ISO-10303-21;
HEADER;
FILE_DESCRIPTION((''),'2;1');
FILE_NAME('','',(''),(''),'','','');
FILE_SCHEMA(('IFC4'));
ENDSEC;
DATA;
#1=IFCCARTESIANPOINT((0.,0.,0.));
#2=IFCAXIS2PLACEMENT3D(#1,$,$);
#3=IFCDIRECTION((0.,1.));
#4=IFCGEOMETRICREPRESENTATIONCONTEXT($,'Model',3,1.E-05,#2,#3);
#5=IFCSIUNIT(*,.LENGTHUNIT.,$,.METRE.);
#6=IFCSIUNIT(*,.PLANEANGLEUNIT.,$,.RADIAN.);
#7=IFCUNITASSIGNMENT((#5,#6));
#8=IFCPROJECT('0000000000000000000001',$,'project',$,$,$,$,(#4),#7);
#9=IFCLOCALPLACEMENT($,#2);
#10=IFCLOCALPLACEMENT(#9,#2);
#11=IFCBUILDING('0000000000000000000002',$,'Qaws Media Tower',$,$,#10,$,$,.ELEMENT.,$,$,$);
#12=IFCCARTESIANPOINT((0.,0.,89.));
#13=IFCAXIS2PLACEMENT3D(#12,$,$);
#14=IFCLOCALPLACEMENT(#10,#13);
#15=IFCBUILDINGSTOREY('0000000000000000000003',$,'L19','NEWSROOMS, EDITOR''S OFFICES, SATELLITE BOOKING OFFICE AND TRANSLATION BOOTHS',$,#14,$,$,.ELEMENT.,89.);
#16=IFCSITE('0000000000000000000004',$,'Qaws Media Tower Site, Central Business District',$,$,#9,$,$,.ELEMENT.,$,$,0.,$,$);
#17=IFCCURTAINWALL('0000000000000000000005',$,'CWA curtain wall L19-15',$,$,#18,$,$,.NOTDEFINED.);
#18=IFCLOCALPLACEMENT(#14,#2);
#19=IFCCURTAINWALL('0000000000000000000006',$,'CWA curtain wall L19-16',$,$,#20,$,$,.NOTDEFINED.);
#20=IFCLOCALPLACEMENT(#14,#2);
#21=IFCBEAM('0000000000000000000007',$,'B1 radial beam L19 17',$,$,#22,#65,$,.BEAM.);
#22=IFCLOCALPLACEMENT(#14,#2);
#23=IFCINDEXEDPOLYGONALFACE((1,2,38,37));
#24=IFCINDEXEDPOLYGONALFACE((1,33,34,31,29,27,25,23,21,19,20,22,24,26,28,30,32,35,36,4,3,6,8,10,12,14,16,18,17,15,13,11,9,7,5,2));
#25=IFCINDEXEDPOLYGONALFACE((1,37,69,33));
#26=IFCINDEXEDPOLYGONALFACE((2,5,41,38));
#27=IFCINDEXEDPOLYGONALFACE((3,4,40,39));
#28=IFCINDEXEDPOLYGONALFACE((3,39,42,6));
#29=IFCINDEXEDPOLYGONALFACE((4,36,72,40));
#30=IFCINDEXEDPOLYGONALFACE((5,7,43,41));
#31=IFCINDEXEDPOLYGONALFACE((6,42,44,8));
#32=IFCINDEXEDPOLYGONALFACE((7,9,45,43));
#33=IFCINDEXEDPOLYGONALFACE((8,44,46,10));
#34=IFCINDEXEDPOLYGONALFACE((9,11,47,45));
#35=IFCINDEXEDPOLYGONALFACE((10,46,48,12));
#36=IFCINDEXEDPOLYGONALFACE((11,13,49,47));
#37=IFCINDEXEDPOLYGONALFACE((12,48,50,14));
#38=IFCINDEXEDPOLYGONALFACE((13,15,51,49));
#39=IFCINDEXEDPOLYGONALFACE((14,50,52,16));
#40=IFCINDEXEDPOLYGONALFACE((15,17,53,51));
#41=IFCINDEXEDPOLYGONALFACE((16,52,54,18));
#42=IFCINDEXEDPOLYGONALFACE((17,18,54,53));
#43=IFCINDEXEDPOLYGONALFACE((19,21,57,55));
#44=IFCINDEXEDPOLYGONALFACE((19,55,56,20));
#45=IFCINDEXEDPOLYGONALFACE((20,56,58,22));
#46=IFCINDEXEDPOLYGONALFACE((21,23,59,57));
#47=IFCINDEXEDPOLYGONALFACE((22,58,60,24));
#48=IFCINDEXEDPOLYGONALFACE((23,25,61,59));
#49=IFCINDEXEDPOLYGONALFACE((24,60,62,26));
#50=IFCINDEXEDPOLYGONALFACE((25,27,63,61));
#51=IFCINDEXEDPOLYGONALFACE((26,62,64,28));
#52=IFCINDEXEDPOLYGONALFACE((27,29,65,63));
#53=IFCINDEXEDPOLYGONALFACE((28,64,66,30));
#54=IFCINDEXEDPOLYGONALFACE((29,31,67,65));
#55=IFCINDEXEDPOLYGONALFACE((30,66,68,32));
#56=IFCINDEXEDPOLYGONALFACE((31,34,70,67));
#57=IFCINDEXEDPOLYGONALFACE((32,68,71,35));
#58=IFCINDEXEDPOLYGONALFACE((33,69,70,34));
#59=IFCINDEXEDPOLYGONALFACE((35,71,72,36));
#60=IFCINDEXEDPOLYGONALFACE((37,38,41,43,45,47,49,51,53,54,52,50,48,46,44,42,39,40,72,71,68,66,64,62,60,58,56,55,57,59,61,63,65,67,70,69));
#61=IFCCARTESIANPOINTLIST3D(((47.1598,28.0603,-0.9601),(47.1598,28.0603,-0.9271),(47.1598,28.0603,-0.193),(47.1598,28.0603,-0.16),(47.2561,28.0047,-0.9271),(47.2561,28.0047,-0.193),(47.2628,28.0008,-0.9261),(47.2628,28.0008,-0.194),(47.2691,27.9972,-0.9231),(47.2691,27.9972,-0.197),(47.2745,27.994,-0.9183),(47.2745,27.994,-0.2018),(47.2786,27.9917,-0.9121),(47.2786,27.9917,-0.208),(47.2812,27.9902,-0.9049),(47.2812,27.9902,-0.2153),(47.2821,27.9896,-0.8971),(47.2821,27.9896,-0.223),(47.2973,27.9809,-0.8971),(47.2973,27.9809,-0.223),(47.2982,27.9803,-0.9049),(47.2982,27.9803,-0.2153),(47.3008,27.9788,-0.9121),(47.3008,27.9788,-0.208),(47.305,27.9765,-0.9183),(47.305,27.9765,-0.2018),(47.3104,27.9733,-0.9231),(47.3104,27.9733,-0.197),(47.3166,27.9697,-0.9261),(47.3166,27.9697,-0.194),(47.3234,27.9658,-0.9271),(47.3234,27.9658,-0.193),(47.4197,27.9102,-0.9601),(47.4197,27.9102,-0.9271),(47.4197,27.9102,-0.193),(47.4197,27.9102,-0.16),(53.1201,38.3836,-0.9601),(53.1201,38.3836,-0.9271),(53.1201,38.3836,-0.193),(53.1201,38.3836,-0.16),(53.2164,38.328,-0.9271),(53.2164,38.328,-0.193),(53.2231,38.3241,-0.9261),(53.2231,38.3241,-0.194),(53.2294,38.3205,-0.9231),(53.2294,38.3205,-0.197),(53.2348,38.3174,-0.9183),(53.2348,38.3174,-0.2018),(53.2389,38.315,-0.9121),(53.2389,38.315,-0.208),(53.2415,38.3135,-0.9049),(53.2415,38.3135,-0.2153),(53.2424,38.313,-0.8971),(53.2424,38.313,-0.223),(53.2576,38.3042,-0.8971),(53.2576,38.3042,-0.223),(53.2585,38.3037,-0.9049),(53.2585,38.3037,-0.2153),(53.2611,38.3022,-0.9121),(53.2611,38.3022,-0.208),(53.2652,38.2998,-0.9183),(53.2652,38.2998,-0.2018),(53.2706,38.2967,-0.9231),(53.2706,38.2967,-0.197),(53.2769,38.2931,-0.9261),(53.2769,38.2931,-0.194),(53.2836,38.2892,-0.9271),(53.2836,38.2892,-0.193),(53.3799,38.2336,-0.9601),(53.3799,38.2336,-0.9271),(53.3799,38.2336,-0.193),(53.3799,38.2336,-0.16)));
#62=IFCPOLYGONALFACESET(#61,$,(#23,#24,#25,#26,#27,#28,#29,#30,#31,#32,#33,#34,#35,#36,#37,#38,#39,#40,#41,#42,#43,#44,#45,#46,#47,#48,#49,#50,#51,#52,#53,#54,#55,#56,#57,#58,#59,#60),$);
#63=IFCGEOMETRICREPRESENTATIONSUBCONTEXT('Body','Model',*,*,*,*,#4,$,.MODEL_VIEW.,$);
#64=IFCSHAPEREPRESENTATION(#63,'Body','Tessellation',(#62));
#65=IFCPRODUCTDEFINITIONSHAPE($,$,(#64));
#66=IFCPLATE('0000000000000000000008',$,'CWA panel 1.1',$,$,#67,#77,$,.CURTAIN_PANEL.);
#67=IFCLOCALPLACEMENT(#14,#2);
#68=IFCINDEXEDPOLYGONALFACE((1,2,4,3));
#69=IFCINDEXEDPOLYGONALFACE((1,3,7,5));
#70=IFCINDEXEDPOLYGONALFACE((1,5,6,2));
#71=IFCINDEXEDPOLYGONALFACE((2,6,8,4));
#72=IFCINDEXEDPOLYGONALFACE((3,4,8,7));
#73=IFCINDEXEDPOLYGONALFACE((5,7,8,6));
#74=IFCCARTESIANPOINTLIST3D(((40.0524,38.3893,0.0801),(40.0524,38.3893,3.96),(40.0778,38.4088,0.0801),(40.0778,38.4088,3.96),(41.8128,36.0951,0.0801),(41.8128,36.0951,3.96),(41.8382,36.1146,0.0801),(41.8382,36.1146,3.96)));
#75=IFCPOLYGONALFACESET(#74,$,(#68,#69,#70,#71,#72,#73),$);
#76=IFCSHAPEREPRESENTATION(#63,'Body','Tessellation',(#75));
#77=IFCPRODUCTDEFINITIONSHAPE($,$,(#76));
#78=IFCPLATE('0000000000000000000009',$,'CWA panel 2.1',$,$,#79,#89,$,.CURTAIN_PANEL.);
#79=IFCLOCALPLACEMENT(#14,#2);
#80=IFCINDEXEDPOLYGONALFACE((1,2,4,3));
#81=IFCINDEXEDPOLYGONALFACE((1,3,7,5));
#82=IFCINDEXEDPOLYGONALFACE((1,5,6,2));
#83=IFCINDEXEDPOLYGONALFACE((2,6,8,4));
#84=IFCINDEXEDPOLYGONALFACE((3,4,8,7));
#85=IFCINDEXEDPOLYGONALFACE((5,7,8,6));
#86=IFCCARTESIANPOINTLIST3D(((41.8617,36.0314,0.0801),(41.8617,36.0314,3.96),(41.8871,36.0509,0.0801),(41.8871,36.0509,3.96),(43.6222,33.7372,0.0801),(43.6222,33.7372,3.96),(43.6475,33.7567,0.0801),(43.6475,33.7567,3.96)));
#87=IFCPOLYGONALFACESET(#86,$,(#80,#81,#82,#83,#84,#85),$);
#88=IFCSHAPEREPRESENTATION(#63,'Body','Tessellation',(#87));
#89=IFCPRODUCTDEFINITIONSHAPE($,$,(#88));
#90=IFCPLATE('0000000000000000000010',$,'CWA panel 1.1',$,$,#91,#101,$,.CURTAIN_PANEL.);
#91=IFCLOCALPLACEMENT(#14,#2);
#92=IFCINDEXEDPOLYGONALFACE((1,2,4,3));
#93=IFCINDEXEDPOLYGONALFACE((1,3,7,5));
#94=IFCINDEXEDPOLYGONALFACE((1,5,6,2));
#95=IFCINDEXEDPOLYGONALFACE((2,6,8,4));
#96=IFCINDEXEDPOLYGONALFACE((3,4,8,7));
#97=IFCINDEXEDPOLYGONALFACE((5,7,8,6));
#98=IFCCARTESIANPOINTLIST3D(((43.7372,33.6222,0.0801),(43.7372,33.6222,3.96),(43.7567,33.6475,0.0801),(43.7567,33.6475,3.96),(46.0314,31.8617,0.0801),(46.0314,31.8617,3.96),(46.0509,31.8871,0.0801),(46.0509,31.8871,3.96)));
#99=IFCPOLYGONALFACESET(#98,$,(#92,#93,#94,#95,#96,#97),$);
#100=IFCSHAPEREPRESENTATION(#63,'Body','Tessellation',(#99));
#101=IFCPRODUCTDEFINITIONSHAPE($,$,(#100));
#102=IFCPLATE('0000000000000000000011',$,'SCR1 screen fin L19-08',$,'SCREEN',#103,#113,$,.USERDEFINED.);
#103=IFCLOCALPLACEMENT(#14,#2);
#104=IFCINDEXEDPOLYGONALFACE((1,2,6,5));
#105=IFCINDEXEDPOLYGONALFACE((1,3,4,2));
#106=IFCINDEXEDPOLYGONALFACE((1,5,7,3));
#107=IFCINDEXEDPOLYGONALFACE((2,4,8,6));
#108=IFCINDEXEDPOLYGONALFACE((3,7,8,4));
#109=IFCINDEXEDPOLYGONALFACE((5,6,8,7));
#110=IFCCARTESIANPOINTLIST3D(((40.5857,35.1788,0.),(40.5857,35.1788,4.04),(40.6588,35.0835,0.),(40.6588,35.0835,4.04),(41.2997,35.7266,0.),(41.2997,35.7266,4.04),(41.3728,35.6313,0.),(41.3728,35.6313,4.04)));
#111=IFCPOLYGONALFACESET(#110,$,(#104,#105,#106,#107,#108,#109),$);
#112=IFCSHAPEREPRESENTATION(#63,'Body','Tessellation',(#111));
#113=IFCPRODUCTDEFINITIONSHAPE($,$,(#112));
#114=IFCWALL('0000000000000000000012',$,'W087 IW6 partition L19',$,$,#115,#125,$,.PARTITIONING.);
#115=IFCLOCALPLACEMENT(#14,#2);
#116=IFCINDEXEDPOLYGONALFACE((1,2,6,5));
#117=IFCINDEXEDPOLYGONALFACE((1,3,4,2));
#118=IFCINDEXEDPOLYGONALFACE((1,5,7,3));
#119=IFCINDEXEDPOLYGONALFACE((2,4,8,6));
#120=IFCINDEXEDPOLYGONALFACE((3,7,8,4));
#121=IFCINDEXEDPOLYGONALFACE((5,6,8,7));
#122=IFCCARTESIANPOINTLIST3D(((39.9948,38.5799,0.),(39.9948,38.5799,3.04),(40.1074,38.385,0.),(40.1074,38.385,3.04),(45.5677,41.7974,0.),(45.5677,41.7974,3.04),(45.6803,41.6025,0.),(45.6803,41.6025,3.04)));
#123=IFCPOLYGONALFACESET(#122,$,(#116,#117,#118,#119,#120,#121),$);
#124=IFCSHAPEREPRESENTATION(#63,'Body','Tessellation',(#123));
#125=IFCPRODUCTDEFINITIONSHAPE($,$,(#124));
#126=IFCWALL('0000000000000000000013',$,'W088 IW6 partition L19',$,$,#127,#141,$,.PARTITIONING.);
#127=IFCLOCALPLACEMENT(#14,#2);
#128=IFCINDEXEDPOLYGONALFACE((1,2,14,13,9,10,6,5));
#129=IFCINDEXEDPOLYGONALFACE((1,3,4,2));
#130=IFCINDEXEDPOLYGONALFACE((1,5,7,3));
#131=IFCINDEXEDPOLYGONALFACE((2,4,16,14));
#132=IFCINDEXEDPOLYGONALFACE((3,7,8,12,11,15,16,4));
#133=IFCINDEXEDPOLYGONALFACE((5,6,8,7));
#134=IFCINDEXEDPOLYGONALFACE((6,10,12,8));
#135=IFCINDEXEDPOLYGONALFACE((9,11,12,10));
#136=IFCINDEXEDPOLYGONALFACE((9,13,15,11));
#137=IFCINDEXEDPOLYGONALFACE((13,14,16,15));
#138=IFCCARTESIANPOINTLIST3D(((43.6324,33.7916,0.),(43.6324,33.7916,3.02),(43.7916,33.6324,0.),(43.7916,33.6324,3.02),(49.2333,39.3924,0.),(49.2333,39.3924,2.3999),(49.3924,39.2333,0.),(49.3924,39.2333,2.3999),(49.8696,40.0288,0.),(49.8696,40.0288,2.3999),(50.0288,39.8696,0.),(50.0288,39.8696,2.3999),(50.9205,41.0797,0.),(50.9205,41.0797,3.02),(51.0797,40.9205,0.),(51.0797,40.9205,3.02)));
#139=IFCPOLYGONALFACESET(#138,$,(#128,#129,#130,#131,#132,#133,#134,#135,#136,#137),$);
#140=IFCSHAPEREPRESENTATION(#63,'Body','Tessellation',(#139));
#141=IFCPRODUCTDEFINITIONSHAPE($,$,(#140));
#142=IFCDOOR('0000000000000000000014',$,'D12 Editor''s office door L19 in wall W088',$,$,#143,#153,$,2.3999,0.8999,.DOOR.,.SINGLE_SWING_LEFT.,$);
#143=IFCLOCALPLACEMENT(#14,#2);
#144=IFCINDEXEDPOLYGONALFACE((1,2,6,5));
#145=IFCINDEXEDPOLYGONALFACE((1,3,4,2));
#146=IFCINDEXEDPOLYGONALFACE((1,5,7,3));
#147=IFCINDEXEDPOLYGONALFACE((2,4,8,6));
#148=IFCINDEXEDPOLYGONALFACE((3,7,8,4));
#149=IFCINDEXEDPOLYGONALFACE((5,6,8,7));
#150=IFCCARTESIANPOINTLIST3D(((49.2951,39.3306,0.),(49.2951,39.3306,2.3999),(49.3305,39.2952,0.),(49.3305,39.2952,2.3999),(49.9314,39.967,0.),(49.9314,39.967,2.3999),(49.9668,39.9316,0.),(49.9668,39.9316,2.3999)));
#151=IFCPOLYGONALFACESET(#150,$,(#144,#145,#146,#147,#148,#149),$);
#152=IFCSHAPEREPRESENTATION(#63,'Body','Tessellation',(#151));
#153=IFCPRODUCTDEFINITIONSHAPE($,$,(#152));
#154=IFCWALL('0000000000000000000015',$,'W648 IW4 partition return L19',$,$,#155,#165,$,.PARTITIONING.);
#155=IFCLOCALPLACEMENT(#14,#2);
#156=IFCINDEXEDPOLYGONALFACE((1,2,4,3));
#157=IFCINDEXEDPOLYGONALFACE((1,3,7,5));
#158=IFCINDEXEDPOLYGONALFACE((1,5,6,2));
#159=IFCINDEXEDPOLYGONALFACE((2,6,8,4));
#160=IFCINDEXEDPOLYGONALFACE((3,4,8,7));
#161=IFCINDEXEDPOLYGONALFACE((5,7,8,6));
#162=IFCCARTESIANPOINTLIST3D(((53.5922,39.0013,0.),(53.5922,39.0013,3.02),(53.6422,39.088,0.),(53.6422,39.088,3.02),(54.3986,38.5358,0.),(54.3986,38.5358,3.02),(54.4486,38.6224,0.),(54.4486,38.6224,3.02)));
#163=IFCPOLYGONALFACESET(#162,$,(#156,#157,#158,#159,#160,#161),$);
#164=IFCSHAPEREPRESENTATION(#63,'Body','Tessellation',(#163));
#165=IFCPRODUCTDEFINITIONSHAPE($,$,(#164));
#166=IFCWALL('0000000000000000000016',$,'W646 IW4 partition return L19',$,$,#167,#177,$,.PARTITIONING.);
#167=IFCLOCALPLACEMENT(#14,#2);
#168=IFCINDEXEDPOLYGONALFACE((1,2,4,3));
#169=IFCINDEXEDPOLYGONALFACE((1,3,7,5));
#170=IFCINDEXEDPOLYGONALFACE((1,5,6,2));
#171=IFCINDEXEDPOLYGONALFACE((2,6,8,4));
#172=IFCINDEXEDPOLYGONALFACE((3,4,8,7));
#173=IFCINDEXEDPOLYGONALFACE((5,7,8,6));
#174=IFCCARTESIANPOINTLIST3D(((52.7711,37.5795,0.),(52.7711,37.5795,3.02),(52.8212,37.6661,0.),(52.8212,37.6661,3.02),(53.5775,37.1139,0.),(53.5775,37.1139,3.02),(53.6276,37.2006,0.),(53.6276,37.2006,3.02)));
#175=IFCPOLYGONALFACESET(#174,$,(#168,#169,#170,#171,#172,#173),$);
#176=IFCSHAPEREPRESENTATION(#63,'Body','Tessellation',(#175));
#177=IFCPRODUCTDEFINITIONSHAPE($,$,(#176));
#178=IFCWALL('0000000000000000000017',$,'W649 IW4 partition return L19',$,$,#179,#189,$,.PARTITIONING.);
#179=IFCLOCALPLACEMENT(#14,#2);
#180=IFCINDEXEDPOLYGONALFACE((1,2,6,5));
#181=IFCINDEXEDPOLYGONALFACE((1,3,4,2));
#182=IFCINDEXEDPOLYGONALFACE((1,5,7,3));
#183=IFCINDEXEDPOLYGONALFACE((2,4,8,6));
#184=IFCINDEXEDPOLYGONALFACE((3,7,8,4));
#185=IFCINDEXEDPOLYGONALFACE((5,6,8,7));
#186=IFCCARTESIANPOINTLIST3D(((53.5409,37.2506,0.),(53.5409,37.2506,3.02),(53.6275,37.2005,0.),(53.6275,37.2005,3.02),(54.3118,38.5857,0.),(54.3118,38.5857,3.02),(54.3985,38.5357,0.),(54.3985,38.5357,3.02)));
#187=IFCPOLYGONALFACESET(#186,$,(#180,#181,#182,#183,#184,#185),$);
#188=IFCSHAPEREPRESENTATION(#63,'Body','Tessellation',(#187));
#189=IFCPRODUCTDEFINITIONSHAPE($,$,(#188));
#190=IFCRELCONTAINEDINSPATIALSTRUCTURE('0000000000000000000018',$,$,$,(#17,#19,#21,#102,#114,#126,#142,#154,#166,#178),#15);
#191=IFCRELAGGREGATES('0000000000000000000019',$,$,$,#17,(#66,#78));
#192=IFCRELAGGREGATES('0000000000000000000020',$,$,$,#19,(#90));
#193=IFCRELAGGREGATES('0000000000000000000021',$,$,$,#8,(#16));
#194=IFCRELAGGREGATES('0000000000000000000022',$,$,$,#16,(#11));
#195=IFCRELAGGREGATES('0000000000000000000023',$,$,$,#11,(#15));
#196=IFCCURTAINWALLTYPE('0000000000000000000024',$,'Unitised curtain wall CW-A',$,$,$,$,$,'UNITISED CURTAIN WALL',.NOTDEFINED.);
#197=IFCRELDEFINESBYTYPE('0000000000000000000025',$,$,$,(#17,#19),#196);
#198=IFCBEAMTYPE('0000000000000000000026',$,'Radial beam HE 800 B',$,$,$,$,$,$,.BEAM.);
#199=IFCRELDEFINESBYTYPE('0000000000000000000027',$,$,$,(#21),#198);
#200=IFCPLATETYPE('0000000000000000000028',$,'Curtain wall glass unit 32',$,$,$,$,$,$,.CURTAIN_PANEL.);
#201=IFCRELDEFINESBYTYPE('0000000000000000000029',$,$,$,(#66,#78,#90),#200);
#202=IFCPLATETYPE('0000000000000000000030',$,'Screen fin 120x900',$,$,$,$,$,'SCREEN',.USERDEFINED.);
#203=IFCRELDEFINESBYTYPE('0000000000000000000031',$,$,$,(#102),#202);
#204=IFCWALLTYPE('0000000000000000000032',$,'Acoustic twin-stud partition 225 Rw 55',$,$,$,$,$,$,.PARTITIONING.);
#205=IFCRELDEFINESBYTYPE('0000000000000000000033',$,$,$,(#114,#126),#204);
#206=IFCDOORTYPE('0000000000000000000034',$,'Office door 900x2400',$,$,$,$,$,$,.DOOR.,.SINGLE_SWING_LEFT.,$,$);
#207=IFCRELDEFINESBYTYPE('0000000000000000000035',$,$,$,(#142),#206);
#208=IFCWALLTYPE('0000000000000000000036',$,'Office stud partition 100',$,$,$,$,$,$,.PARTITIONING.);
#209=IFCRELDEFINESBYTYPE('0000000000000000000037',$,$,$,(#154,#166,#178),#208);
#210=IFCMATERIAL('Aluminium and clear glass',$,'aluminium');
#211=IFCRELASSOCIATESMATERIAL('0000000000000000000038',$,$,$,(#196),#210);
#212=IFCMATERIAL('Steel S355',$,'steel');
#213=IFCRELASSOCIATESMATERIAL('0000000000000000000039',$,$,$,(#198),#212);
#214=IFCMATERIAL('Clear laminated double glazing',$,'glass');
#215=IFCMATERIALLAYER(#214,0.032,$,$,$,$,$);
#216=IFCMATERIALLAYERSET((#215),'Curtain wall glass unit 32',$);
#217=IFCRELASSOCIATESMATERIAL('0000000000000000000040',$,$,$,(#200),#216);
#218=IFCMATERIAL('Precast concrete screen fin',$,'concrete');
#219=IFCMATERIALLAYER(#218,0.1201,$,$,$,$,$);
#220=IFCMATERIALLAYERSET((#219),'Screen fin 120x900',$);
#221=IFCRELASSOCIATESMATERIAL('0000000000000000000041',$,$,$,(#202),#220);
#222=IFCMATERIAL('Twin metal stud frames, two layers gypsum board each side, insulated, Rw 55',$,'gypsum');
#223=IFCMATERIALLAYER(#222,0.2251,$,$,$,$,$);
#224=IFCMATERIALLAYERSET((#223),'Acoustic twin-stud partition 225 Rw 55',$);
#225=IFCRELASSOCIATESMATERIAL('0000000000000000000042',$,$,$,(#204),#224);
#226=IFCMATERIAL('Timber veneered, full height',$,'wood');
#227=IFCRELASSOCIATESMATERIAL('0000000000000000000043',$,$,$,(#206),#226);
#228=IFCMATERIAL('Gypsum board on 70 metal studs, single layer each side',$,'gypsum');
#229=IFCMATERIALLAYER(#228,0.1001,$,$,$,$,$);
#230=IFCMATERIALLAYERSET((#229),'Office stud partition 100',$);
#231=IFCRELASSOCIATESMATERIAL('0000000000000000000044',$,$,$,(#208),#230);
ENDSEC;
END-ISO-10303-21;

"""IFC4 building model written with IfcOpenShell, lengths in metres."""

from ifc_helpers import new_model, si_unit, direction, frame, frame_2d, origin, origin_2d, place, context, subcontext, project, spatial, rectangle, i_section, extrude, material, layer, layer_set, material_profile, profile_set, type_object, element, fill, aggregate, save


model = new_model("IFC4")

# Units and contexts
model_context = context("Model", 3, precision=1e-05, world=origin(), true_north=direction((0.0, 1.0)))
body_context = subcontext(model_context, "Body", "Model", "MODEL_VIEW")
ifc_project = project(units=[si_unit("LENGTHUNIT", "METRE"), si_unit("PLANEANGLEUNIT", "RADIAN")], contexts=[model_context])

# Site, building, storey
site_placement = place(None, origin())
site = spatial("IfcSite", under=ifc_project, at=site_placement, Name="Qaws Media Tower Site, Central Business District", CompositionType="ELEMENT", RefElevation=0.0)
building_placement = place(site_placement, origin())
building = spatial("IfcBuilding", under=site, at=building_placement, Name="Qaws Media Tower", CompositionType="ELEMENT")
storey_placement = place(building_placement, frame((0.0, 0.0, 89.0)))
storey = spatial("IfcBuildingStorey", under=building, at=storey_placement, Name="L19", Description="NEWSROOMS, EDITOR'S OFFICES, SATELLITE BOOKING OFFICE AND TRANSLATION BOOTHS", CompositionType="ELEMENT", Elevation=89.0)

# Shared definitions
ifc_material_1 = material(Name="Aluminium and clear glass", Category="aluminium")
curtain_wall_type = type_object("IfcCurtainWallType", Name="Unitised curtain wall CW-A", ElementType="UNITISED CURTAIN WALL", PredefinedType="NOTDEFINED", material=ifc_material_1)

# Curtain wall
curtain_wall_1_placement = place(storey_placement, origin())
curtain_wall_1 = element("IfcCurtainWall", 1, at=curtain_wall_1_placement, inside=storey, type_object=curtain_wall_type, Name="CWA curtain wall L19-15", PredefinedType="NOTDEFINED")

# Curtain wall
curtain_wall_2_placement = place(storey_placement, origin())
curtain_wall_2 = element("IfcCurtainWall", 2, at=curtain_wall_2_placement, inside=storey, type_object=curtain_wall_type, Name="CWA curtain wall L19-16", PredefinedType="NOTDEFINED")

# Beam
ifc_material_2 = material(Name="Steel S355", Category="steel")
ifc_material_profile_1 = material_profile(ifc_material_2, i_section(OverallWidth=0.3, OverallDepth=0.8, WebThickness=0.0176, FlangeThickness=0.033, FilletRadius=0.03, at=origin_2d()), Name="HE 800 B")
ifc_profile_set_1 = profile_set([ifc_material_profile_1], Name="Steel S355")
beam_type_1 = type_object("IfcBeamType", Name="Radial beam HE 800 B", PredefinedType="BEAM", material=ifc_profile_set_1)
beam_1_placement = place(storey_placement, frame((53.25, 38.3086, -0.5601), z_axis=(-0.500005, -0.866023, 0.0), x_axis=(0.866023, -0.500005, 0.0)))
element("IfcBeam", 3, at=beam_1_placement, inside=storey, type_object=beam_type_1, Name="B1 radial beam L19 17", PredefinedType="BEAM", context=body_context, shape_type="SweptSolid", body=[
    extrude(i_section(OverallWidth=0.3, OverallDepth=0.8, WebThickness=0.0176, FlangeThickness=0.033, FilletRadius=0.03, at=origin_2d()), origin(), (0.0, 0.0, 1.0), 11.9204),
])

# Plates
ifc_material_3 = material(Name="Clear laminated double glazing", Category="glass")
ifc_layer_1 = layer(ifc_material_3, 0.032)
ifc_layer_set_1 = layer_set([ifc_layer_1], Name="Curtain wall glass unit 32")
plate_type_1 = type_object("IfcPlateType", Name="Curtain wall glass unit 32", PredefinedType="CURTAIN_PANEL", material=ifc_layer_set_1)
plate_1_placement = place(storey_placement, frame((40.9453, 37.252, 0.0801), z_axis=(0.0, 0.0, 1.0), x_axis=(0.608761, -0.793353, 0.0)))
plate_1 = element("IfcPlate", 4, at=plate_1_placement, type_object=plate_type_1, Name="CWA panel 1.1", PredefinedType="CURTAIN_PANEL", context=body_context, shape_type="SweptSolid", body=[
    extrude(rectangle(XDim=2.8918, YDim=0.032, at=origin_2d()), origin(), (0.0, 0.0, 1.0), 3.8799),
])
plate_2_placement = place(storey_placement, frame((42.7546, 34.894, 0.0801), z_axis=(0.0, 0.0, 1.0), x_axis=(0.608761, -0.793353, 0.0)))
plate_2 = element("IfcPlate", 5, at=plate_2_placement, type_object=plate_type_1, Name="CWA panel 2.1", PredefinedType="CURTAIN_PANEL", context=body_context, shape_type="SweptSolid", body=[
    extrude(rectangle(XDim=2.8918, YDim=0.032, at=origin_2d()), origin(), (0.0, 0.0, 1.0), 3.8799),
])
aggregate(curtain_wall_1, [plate_1, plate_2])
plate_3_placement = place(storey_placement, frame((44.894, 32.7546, 0.0801), z_axis=(0.0, 0.0, 1.0), x_axis=(0.793353, -0.608761, 0.0)))
plate_3 = element("IfcPlate", 6, at=plate_3_placement, type_object=plate_type_1, Name="CWA panel 1.1", PredefinedType="CURTAIN_PANEL", context=body_context, shape_type="SweptSolid", body=[
    extrude(rectangle(XDim=2.8918, YDim=0.032, at=origin_2d()), origin(), (0.0, 0.0, 1.0), 3.8799),
])
aggregate(curtain_wall_2, [plate_3])
ifc_material_4 = material(Name="Precast concrete screen fin", Category="concrete")
ifc_layer_2 = layer(ifc_material_4, 0.1201)
ifc_layer_set_2 = layer_set([ifc_layer_2], Name="Screen fin 120x900")
plate_type_2 = type_object("IfcPlateType", Name="Screen fin 120x900", ElementType="SCREEN", PredefinedType="USERDEFINED", material=ifc_layer_set_2)
plate_4_placement = place(storey_placement, frame((40.9792, 35.405, 0.0), z_axis=(0.0, 0.0, 1.0), x_axis=(-0.793353, -0.608761, 0.0)))
element("IfcPlate", 7, at=plate_4_placement, inside=storey, type_object=plate_type_2, Name="SCR1 screen fin L19-08", ObjectType="SCREEN", PredefinedType="USERDEFINED", context=body_context, shape_type="SweptSolid", body=[
    extrude(rectangle(XDim=0.8999, YDim=0.1201, at=origin_2d()), origin(), (0.0, 0.0, 1.0), 4.04),
])

# Wall
ifc_material_5 = material(Name="Twin metal stud frames, two layers gypsum board each side, insulated, Rw 55", Category="gypsum")
ifc_layer_3 = layer(ifc_material_5, 0.2251)
ifc_layer_set_3 = layer_set([ifc_layer_3], Name="Acoustic twin-stud partition 225 Rw 55")
wall_type_1 = type_object("IfcWallType", Name="Acoustic twin-stud partition 225 Rw 55", PredefinedType="PARTITIONING", material=ifc_layer_set_3)
wall_1_placement = place(storey_placement, frame((45.624, 41.7, 0.0), z_axis=(0.0, 0.0, 1.0), x_axis=(-0.866028, -0.499995, 0.0)))
element("IfcWall", 8, at=wall_1_placement, inside=storey, type_object=wall_type_1, Name="W087 IW6 partition L19", PredefinedType="PARTITIONING", context=body_context, shape_type="SweptSolid", body=[
    extrude(rectangle(XDim=6.4351, YDim=0.2251, at=frame_2d((3.2175, 0.0))), origin(), (0.0, 0.0, 1.0), 3.04),
])

# Wall, opening, door
wall_2_placement = place(storey_placement, frame((51.0, 41.0, 0.0), z_axis=(0.0, 0.0, 1.0), x_axis=(-0.707107, -0.707107, 0.0)))
wall_2 = element("IfcWall", 9, at=wall_2_placement, inside=storey, type_object=wall_type_1, Name="W088 IW6 partition L19", PredefinedType="PARTITIONING", context=body_context, shape_type="SweptSolid", body=[
    extrude(rectangle(XDim=10.3069, YDim=0.2251, at=frame_2d((5.1533, 0.0))), origin(), (0.0, 0.0, 1.0), 3.02),
])
opening_1_placement = place(wall_2_placement, frame((1.4861, 0.0, 0.0)))
opening_1 = element("IfcOpeningElement", 10, at=opening_1_placement, cuts=wall_2, PredefinedType="OPENING", context=body_context, shape_type="SweptSolid", body=[
    extrude(rectangle(XDim=0.8999, YDim=2.3999, at=frame_2d((0.45, 1.2))), frame((0.0, 0.1226, 0.0), z_axis=(0.0, -1.0, 0.0), x_axis=(1.0, 0.0, 0.0)), (0.0, 0.0, 1.0), 0.2451),
])
ifc_material_6 = material(Name="Timber veneered, full height", Category="wood")
door_type_1 = type_object("IfcDoorType", Name="Office door 900x2400", OperationType="SINGLE_SWING_LEFT", PredefinedType="DOOR", material=ifc_material_6)
door_1_placement = place(opening_1_placement, origin())
door_1 = element("IfcDoor", 11, at=door_1_placement, inside=storey, type_object=door_type_1, Name="D12 Editor's office door L19 in wall W088", OperationType="SINGLE_SWING_LEFT", OverallHeight=2.3999, OverallWidth=0.8999, PredefinedType="DOOR", context=body_context, shape_type="SweptSolid", body=[
    extrude(rectangle(XDim=0.8999, YDim=2.3999, at=frame_2d((0.45, 1.2))), frame((0.0, 0.0249, 0.0), z_axis=(0.0, -1.0, 0.0), x_axis=(1.0, 0.0, 0.0)), (0.0, 0.0, 1.0), 0.05),
])
fill(opening_1, door_1)

# Walls
ifc_material_7 = material(Name="Gypsum board on 70 metal studs, single layer each side", Category="gypsum")
ifc_layer_4 = layer(ifc_material_7, 0.1001)
ifc_layer_set_4 = layer_set([ifc_layer_4], Name="Office stud partition 100")
wall_type_2 = type_object("IfcWallType", Name="Office stud partition 100", PredefinedType="PARTITIONING", material=ifc_layer_set_4)
for number, where, z_axis, x_axis, name in (
    (12, (53.6172, 39.0447, 0.0), (0.0, 0.0, 1.0), (0.866024, -0.500002, 0.0), "W648 IW4 partition return L19"),
    (13, (52.7961, 37.6228, 0.0), (0.0, 0.0, 1.0), (0.866024, -0.500002, 0.0), "W646 IW4 partition return L19"),
):
    element("IfcWall", number, at=place(storey_placement, frame(where, z_axis=z_axis, x_axis=x_axis)), inside=storey, type_object=wall_type_2, Name=name, PredefinedType="PARTITIONING", context=body_context, shape_type="SweptSolid", body=[
        extrude(rectangle(XDim=0.9312, YDim=0.1001, at=frame_2d((0.4656, 0.0))), origin(), (0.0, 0.0, 1.0), 3.02),
    ])
wall_3_placement = place(storey_placement, frame((54.3552, 38.5608, 0.0), z_axis=(0.0, 0.0, 1.0), x_axis=(-0.500056, -0.865993, 0.0)))
element("IfcWall", 14, at=wall_3_placement, inside=storey, type_object=wall_type_2, Name="W649 IW4 partition return L19", PredefinedType="PARTITIONING", context=body_context, shape_type="SweptSolid", body=[
    extrude(rectangle(XDim=1.5417, YDim=0.1001, at=frame_2d((0.771, 0.0))), origin(), (0.0, 0.0, 1.0), 3.02),
])

save(model, "model.ifc")
